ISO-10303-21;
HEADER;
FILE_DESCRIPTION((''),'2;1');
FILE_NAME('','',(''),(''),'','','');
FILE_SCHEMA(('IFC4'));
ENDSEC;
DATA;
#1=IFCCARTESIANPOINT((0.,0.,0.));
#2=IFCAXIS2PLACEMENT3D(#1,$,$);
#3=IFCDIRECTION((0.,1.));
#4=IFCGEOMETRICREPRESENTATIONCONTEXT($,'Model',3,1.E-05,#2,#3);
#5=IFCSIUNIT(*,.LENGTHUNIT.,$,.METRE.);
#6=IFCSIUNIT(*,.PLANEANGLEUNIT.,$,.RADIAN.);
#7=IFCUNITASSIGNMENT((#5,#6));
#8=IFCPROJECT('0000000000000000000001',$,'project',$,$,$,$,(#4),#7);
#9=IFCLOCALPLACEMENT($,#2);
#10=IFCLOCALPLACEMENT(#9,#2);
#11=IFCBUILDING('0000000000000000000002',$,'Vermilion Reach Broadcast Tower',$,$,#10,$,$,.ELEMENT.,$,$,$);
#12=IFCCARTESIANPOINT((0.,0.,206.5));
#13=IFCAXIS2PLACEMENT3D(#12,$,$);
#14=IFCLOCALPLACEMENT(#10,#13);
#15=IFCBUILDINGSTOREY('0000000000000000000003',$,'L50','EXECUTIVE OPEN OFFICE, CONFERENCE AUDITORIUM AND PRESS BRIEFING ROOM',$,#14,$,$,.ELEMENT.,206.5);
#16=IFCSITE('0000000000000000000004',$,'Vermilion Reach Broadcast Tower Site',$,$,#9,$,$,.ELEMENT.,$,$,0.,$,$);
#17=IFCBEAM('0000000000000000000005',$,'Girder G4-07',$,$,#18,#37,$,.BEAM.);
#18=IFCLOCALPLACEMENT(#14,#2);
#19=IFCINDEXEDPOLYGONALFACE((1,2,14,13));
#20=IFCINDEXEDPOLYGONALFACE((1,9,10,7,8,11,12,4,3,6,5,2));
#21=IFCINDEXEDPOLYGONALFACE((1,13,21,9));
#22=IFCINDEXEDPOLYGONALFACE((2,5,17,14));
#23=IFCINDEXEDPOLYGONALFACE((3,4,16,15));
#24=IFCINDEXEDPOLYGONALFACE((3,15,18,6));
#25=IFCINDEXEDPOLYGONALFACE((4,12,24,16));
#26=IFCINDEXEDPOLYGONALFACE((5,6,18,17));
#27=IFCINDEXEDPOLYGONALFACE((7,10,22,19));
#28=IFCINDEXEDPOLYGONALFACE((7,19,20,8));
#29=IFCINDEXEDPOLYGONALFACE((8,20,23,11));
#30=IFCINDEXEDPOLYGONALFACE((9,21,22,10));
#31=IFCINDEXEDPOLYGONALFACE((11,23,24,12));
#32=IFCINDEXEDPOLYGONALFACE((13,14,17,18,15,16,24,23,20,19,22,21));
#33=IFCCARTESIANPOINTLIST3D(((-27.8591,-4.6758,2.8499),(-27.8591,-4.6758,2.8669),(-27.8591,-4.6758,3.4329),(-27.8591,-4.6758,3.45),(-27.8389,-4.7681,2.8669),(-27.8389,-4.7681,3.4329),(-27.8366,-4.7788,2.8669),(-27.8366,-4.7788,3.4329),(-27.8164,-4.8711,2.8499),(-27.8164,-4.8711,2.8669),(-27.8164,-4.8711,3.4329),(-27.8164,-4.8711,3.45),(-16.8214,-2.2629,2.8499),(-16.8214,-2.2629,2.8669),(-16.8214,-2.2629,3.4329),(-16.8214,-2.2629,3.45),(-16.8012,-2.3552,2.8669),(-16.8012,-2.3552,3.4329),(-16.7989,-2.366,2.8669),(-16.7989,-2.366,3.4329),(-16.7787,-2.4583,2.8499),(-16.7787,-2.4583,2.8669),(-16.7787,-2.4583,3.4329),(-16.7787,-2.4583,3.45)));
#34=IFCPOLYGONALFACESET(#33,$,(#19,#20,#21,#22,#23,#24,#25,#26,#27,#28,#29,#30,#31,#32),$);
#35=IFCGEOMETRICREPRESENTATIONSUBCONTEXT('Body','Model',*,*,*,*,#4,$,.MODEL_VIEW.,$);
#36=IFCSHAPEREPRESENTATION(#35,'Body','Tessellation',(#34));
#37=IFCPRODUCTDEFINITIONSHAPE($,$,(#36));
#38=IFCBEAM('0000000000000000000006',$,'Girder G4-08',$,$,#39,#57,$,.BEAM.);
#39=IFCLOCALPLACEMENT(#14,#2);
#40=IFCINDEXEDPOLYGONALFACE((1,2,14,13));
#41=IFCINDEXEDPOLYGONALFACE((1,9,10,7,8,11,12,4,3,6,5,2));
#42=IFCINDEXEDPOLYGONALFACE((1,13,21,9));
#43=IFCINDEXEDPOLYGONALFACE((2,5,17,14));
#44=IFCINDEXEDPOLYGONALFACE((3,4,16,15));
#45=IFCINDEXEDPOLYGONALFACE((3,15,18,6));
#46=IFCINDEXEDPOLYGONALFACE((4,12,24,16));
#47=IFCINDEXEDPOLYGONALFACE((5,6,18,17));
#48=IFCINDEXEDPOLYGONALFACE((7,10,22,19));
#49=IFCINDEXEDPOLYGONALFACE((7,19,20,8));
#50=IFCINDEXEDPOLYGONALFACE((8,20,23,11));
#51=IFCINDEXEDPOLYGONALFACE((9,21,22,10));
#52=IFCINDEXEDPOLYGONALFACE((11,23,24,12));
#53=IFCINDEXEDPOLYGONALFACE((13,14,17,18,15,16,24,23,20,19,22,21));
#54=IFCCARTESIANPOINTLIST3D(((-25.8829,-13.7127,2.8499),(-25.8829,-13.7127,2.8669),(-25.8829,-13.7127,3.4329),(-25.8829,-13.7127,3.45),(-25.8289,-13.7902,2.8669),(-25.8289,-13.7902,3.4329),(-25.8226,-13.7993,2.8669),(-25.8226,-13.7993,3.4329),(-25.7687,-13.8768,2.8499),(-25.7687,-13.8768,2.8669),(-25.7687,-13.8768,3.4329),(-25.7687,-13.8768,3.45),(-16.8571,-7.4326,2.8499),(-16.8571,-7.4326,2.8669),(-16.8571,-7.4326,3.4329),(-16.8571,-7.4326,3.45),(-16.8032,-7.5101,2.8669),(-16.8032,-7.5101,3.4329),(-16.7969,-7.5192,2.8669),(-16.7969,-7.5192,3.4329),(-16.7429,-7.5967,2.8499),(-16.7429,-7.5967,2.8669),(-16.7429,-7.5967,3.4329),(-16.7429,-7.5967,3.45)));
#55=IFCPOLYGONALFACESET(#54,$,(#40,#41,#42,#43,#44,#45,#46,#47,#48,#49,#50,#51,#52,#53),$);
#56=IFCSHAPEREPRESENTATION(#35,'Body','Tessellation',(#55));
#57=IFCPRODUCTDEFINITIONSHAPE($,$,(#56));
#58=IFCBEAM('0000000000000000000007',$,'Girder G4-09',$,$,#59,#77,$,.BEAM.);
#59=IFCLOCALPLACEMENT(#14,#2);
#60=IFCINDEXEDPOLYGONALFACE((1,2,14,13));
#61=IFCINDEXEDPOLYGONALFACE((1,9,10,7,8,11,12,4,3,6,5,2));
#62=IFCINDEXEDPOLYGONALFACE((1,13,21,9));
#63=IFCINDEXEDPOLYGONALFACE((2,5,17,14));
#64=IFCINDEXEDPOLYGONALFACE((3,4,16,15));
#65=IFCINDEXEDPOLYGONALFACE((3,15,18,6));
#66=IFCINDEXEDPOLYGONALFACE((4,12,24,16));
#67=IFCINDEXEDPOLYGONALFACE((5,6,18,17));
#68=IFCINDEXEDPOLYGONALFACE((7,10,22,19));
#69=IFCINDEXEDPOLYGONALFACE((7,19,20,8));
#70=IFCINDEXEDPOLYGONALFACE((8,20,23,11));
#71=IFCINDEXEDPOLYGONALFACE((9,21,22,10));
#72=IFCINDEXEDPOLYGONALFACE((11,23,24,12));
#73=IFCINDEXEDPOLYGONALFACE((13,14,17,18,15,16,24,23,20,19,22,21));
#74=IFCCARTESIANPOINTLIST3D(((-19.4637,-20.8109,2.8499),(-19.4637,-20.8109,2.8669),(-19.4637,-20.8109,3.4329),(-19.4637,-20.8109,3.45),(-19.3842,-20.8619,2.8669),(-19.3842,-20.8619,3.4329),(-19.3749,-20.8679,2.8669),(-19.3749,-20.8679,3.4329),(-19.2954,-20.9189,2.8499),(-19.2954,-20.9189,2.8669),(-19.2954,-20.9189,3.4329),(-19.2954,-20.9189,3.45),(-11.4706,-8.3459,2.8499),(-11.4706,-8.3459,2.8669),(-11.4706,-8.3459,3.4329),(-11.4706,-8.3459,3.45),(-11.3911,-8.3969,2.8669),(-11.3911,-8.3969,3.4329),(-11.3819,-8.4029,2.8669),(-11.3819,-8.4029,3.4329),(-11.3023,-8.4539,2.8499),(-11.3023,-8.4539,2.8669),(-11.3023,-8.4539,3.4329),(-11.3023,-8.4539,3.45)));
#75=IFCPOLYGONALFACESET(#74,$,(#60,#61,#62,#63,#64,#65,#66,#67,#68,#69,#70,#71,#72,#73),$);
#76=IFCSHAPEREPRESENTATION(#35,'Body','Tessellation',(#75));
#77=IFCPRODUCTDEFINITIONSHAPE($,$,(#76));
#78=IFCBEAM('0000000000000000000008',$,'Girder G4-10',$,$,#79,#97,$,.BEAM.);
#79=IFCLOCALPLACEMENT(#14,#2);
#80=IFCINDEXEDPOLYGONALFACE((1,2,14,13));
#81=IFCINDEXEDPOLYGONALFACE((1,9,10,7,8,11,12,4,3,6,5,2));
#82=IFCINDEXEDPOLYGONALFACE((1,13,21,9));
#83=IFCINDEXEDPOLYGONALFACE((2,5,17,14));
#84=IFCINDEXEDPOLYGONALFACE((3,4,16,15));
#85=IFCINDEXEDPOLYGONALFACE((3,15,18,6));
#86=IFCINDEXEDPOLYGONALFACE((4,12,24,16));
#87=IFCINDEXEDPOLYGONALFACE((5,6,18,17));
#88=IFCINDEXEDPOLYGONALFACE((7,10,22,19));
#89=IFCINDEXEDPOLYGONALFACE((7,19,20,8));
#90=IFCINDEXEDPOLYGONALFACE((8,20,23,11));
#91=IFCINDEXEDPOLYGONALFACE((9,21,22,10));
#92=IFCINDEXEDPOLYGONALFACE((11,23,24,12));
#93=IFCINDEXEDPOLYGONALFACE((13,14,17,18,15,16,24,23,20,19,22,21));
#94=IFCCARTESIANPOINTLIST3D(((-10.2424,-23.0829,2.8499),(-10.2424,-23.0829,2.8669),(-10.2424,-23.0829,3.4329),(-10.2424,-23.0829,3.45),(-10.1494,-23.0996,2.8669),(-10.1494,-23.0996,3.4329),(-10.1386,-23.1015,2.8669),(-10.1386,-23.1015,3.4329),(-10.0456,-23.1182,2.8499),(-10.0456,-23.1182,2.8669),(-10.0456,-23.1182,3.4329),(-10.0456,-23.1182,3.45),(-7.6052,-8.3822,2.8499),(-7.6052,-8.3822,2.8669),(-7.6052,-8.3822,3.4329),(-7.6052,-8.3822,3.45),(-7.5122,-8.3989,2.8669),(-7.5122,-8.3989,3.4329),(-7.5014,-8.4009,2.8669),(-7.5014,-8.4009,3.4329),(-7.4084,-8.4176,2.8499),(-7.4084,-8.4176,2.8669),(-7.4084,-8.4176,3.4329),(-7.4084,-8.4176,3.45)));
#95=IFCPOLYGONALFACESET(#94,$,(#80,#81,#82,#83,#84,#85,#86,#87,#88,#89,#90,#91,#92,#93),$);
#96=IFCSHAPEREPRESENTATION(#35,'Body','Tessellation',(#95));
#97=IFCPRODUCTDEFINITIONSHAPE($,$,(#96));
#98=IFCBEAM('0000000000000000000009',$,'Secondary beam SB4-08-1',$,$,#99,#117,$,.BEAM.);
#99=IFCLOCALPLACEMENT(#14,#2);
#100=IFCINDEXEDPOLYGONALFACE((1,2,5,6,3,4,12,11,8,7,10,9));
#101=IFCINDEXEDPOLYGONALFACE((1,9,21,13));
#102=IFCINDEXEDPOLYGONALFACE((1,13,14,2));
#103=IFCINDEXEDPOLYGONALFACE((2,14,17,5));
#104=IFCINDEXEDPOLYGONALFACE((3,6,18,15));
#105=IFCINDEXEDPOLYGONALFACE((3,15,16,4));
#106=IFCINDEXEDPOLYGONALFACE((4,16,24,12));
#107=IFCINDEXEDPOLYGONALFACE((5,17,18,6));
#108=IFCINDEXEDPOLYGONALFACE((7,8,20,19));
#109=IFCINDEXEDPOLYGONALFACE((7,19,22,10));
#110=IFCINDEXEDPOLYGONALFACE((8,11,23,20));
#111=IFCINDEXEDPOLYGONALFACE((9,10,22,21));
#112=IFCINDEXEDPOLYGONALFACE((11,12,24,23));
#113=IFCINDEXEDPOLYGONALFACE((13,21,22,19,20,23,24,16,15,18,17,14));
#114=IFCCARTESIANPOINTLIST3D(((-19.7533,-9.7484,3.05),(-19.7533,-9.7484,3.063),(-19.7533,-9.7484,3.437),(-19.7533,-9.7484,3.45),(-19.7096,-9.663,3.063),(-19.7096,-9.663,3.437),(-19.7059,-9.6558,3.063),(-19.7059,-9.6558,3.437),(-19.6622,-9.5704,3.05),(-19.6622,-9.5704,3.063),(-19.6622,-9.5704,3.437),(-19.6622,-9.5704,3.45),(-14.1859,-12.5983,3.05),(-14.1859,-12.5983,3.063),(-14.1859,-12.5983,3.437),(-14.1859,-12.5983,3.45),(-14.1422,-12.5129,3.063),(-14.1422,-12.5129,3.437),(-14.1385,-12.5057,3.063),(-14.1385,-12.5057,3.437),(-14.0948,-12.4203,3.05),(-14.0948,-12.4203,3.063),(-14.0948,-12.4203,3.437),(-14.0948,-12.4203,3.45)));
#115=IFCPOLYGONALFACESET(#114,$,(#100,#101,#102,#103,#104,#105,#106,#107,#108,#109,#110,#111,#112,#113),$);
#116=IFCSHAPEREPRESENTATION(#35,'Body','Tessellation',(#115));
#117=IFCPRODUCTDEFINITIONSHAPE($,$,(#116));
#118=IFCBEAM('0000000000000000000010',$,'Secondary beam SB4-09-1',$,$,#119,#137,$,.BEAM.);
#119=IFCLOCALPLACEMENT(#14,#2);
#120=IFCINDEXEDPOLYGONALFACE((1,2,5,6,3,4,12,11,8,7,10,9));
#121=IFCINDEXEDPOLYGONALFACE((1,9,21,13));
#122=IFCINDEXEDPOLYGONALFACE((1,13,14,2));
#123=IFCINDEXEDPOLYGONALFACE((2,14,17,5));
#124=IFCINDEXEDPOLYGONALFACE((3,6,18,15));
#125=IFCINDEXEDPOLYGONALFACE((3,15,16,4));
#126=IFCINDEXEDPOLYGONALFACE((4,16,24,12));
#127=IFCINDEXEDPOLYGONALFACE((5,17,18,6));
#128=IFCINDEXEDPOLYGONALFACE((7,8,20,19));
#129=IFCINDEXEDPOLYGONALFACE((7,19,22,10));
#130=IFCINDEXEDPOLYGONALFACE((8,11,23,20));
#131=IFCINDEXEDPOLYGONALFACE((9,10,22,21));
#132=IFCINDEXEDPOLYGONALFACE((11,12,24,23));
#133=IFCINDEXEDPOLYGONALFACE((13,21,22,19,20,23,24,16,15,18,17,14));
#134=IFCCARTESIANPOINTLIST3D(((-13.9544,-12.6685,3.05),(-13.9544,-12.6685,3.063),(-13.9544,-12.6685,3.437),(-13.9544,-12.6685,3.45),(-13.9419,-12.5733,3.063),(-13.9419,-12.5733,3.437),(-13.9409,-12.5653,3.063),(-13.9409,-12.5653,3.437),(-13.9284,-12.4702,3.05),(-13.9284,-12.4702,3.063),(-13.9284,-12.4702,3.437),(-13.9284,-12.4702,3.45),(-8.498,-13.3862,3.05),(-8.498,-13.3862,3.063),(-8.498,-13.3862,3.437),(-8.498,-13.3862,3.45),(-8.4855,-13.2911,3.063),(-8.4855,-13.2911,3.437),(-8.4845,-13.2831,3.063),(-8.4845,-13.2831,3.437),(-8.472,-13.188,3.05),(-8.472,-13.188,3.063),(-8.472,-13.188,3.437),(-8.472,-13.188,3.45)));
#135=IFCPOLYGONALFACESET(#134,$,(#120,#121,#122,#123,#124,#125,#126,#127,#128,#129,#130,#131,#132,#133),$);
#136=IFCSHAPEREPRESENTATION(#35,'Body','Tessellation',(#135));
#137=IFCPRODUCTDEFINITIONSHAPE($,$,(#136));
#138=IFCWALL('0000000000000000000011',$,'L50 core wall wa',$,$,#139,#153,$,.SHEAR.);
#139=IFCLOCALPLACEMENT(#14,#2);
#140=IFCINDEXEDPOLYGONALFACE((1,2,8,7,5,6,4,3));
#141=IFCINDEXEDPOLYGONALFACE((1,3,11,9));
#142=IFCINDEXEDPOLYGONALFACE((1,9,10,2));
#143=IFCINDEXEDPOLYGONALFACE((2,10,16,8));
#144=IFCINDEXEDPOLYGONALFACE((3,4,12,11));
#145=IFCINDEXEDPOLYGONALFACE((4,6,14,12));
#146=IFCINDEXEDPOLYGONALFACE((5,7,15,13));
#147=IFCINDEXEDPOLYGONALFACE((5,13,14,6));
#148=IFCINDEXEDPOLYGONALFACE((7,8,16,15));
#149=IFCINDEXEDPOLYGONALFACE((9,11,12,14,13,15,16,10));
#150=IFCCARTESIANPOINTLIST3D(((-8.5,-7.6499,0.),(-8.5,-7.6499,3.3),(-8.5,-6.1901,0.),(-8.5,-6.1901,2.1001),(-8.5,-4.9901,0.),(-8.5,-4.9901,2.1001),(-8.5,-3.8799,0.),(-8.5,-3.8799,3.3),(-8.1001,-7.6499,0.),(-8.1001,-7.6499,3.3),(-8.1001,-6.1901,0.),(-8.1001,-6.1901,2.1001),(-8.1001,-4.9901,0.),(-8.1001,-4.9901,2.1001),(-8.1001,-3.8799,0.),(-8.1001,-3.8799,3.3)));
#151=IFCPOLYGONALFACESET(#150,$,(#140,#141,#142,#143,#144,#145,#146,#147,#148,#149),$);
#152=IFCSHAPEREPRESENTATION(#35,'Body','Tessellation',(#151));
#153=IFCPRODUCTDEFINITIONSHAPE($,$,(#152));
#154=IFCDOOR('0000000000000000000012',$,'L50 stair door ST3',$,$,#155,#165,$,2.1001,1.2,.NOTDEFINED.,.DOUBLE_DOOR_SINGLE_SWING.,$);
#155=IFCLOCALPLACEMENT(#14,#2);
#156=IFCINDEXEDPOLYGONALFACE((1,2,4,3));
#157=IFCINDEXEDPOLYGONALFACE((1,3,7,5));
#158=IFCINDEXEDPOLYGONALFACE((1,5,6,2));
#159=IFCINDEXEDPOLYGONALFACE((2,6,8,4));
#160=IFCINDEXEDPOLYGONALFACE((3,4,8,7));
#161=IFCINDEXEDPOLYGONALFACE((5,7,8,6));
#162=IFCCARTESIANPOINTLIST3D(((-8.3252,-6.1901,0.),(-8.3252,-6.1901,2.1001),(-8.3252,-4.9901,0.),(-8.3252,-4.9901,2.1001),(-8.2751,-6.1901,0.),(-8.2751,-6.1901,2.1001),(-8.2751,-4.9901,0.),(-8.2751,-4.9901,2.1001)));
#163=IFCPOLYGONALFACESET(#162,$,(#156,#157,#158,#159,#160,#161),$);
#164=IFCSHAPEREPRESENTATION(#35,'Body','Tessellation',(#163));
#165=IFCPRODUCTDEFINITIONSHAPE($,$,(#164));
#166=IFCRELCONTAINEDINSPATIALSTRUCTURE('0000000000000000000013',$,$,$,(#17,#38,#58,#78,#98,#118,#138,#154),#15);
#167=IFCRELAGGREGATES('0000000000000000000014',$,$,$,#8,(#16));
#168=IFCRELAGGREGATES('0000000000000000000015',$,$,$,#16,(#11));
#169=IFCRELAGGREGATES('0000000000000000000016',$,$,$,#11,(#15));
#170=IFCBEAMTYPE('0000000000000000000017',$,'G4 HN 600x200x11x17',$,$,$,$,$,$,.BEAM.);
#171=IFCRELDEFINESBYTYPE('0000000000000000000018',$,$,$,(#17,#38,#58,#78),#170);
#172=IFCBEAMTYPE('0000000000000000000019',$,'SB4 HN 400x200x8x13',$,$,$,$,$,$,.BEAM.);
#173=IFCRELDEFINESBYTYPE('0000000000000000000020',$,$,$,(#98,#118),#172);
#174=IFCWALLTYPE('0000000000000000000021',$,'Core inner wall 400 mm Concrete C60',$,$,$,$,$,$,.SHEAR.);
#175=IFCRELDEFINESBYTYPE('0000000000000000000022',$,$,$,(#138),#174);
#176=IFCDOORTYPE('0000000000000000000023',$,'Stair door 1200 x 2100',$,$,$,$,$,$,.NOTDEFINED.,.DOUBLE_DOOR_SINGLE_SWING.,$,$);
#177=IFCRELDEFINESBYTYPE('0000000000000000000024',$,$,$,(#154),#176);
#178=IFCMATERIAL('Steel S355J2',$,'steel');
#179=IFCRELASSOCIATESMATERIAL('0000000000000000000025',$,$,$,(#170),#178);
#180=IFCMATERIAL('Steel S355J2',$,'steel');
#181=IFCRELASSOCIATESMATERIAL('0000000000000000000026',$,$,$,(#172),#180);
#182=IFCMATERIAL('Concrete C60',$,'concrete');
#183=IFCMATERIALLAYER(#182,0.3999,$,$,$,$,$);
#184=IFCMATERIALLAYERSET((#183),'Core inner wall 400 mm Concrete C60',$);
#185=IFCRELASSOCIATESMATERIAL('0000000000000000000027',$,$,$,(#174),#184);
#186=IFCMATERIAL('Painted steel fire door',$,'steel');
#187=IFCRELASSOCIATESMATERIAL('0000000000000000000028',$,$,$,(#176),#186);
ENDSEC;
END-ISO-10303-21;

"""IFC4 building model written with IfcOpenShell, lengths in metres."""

from ifc_helpers import new_model, si_unit, direction, frame, frame_2d, origin, origin_2d, place, context, subcontext, project, spatial, rectangle, i_section, extrude, material, layer, layer_set, material_profile, profile_set, type_object, element, fill, save


model = new_model("IFC4")

# Units and contexts
model_context = context("Model", 3, precision=1e-05, world=origin(), true_north=direction((0.0, 1.0)))
body_context = subcontext(model_context, "Body", "Model", "MODEL_VIEW")
ifc_project = project(units=[si_unit("LENGTHUNIT", "METRE"), si_unit("PLANEANGLEUNIT", "RADIAN")], contexts=[model_context])

# Site, building, storey
site_placement = place(None, origin())
site = spatial("IfcSite", under=ifc_project, at=site_placement, Name="Vermilion Reach Broadcast Tower Site", CompositionType="ELEMENT", RefElevation=0.0)
building_placement = place(site_placement, origin())
building = spatial("IfcBuilding", under=site, at=building_placement, Name="Vermilion Reach Broadcast Tower", CompositionType="ELEMENT")
storey_placement = place(building_placement, frame((0.0, 0.0, 206.5)))
storey = spatial("IfcBuildingStorey", under=building, at=storey_placement, Name="L50", Description="EXECUTIVE OPEN OFFICE, CONFERENCE AUDITORIUM AND PRESS BRIEFING ROOM", CompositionType="ELEMENT", Elevation=206.5)

# Beams
ifc_material_1 = material(Name="Steel S355J2", Category="steel")
ifc_material_profile_1 = material_profile(ifc_material_1, i_section(OverallWidth=0.2, OverallDepth=0.6001, WebThickness=0.011, FlangeThickness=0.0171, at=origin_2d()), Name="S355J2 HN 600x200x11x17")
ifc_profile_set_1 = profile_set([ifc_material_profile_1], Name="Steel S355J2")
beam_type_1 = type_object("IfcBeamType", Name="G4 HN 600x200x11x17", PredefinedType="BEAM", material=ifc_profile_set_1)
beam_1_placement = place(storey_placement, frame((-16.8, -2.3606, 3.1499), z_axis=(-0.97693, -0.213559, 0.0), x_axis=(0.213559, -0.97693, 0.0)))
element("IfcBeam", 1, at=beam_1_placement, inside=storey, type_object=beam_type_1, Name="Girder G4-07", PredefinedType="BEAM", context=body_context, shape_type="SweptSolid", body=[
    extrude(i_section(OverallWidth=0.2, OverallDepth=0.6001, WebThickness=0.011, FlangeThickness=0.0171, at=origin_2d()), origin(), (0.0, 0.0, 1.0), 11.2983),
])
beam_2_placement = place(storey_placement, frame((-16.8, -7.5146, 3.1499), z_axis=(-0.820849, -0.571146, 0.0), x_axis=(0.571146, -0.820849, 0.0)))
element("IfcBeam", 2, at=beam_2_placement, inside=storey, type_object=beam_type_1, Name="Girder G4-08", PredefinedType="BEAM", context=body_context, shape_type="SweptSolid", body=[
    extrude(i_section(OverallWidth=0.2, OverallDepth=0.6001, WebThickness=0.011, FlangeThickness=0.0171, at=origin_2d()), origin(), (0.0, 0.0, 1.0), 10.9956),
])
beam_3_placement = place(storey_placement, frame((-11.3865, -8.3999, 3.1499), z_axis=(-0.539796, -0.841796, 0.0), x_axis=(0.841796, -0.539796, 0.0)))
element("IfcBeam", 3, at=beam_3_placement, inside=storey, type_object=beam_type_1, Name="Girder G4-09", PredefinedType="BEAM", context=body_context, shape_type="SweptSolid", body=[
    extrude(i_section(OverallWidth=0.2, OverallDepth=0.6001, WebThickness=0.011, FlangeThickness=0.0171, at=origin_2d()), origin(), (0.0, 0.0, 1.0), 14.8076),
])
beam_4_placement = place(storey_placement, frame((-7.5068, -8.3999, 3.1499), z_axis=(-0.176575, -0.984287, 0.0), x_axis=(0.984287, -0.176575, 0.0)))
element("IfcBeam", 4, at=beam_4_placement, inside=storey, type_object=beam_type_1, Name="Girder G4-10", PredefinedType="BEAM", context=body_context, shape_type="SweptSolid", body=[
    extrude(i_section(OverallWidth=0.2, OverallDepth=0.6001, WebThickness=0.011, FlangeThickness=0.0171, at=origin_2d()), origin(), (0.0, 0.0, 1.0), 14.9353),
])
ifc_material_2 = material(Name="Steel S355J2", Category="steel")
ifc_material_profile_2 = material_profile(ifc_material_2, i_section(OverallWidth=0.2, OverallDepth=0.3999, WebThickness=0.0081, FlangeThickness=0.0129, at=origin_2d()), Name="S355J2 HN 400x200x8x13")
ifc_profile_set_2 = profile_set([ifc_material_profile_2], Name="Steel S355J2")
beam_type_2 = type_object("IfcBeamType", Name="SB4 HN 400x200x8x13", PredefinedType="BEAM", material=ifc_profile_set_2)
beam_5_placement = place(storey_placement, frame((-19.7078, -9.6594, 3.25), z_axis=(0.890156, -0.455656, 0.0), x_axis=(0.455656, 0.890156, 0.0)))
element("IfcBeam", 5, at=beam_5_placement, inside=storey, type_object=beam_type_2, Name="Secondary beam SB4-08-1", PredefinedType="BEAM", context=body_context, shape_type="SweptSolid", body=[
    extrude(i_section(OverallWidth=0.2, OverallDepth=0.3999, WebThickness=0.0081, FlangeThickness=0.0129, at=origin_2d()), origin(), (0.0, 0.0, 1.0), 6.2544),
])
beam_6_placement = place(storey_placement, frame((-13.9414, -12.5693, 3.25), z_axis=(0.991458, -0.130426, 0.0), x_axis=(0.130426, 0.991458, 0.0)))
element("IfcBeam", 6, at=beam_6_placement, inside=storey, type_object=beam_type_2, Name="Secondary beam SB4-09-1", PredefinedType="BEAM", context=body_context, shape_type="SweptSolid", body=[
    extrude(i_section(OverallWidth=0.2, OverallDepth=0.3999, WebThickness=0.0081, FlangeThickness=0.0129, at=origin_2d()), origin(), (0.0, 0.0, 1.0), 5.5034),
])

# Wall, opening, door
ifc_material_3 = material(Name="Concrete C60", Category="concrete")
ifc_layer_1 = layer(ifc_material_3, 0.3999)
ifc_layer_set_1 = layer_set([ifc_layer_1], Name="Core inner wall 400 mm Concrete C60")
wall_type_1 = type_object("IfcWallType", Name="Core inner wall 400 mm Concrete C60", PredefinedType="SHEAR", material=ifc_layer_set_1)
wall_1_placement = place(storey_placement, frame((-8.3, -3.8799, 0.0), z_axis=(0.0, 0.0, 1.0), x_axis=(0.0, -1.0, 0.0)))
wall_1 = element("IfcWall", 7, at=wall_1_placement, inside=storey, type_object=wall_type_1, Name="L50 core wall wa", PredefinedType="SHEAR", context=body_context, shape_type="SweptSolid", body=[
    extrude(rectangle(XDim=3.77, YDim=0.3999, at=frame_2d((1.885, 0.0))), origin(), (0.0, 0.0, 1.0), 3.3),
])
opening_1_placement = place(wall_1_placement, frame((1.1101, 0.0, 0.0)))
opening_1 = element("IfcOpeningElement", 8, at=opening_1_placement, cuts=wall_1, PredefinedType="OPENING", context=body_context, shape_type="SweptSolid", body=[
    extrude(rectangle(XDim=1.2, YDim=2.1001, at=frame_2d((0.6001, 1.05))), frame((0.0, 0.21, 0.0), z_axis=(0.0, -1.0, 0.0), x_axis=(1.0, 0.0, 0.0)), (0.0, 0.0, 1.0), 0.4199),
])
ifc_material_4 = material(Name="Painted steel fire door", Category="steel")
door_type_1 = type_object("IfcDoorType", Name="Stair door 1200 x 2100", OperationType="DOUBLE_DOOR_SINGLE_SWING", PredefinedType="NOTDEFINED", material=ifc_material_4)
door_1_placement = place(opening_1_placement, origin())
door_1 = element("IfcDoor", 9, at=door_1_placement, inside=storey, type_object=door_type_1, Name="L50 stair door ST3", OperationType="DOUBLE_DOOR_SINGLE_SWING", OverallHeight=2.1001, OverallWidth=1.2, PredefinedType="NOTDEFINED", context=body_context, shape_type="SweptSolid", body=[
    extrude(rectangle(XDim=1.2, YDim=2.1001, at=frame_2d((0.6001, 1.05))), frame((0.0, 0.0249, 0.0), z_axis=(0.0, -1.0, 0.0), x_axis=(1.0, 0.0, 0.0)), (0.0, 0.0, 1.0), 0.05),
])
fill(opening_1, door_1)

save(model, "model.ifc")
